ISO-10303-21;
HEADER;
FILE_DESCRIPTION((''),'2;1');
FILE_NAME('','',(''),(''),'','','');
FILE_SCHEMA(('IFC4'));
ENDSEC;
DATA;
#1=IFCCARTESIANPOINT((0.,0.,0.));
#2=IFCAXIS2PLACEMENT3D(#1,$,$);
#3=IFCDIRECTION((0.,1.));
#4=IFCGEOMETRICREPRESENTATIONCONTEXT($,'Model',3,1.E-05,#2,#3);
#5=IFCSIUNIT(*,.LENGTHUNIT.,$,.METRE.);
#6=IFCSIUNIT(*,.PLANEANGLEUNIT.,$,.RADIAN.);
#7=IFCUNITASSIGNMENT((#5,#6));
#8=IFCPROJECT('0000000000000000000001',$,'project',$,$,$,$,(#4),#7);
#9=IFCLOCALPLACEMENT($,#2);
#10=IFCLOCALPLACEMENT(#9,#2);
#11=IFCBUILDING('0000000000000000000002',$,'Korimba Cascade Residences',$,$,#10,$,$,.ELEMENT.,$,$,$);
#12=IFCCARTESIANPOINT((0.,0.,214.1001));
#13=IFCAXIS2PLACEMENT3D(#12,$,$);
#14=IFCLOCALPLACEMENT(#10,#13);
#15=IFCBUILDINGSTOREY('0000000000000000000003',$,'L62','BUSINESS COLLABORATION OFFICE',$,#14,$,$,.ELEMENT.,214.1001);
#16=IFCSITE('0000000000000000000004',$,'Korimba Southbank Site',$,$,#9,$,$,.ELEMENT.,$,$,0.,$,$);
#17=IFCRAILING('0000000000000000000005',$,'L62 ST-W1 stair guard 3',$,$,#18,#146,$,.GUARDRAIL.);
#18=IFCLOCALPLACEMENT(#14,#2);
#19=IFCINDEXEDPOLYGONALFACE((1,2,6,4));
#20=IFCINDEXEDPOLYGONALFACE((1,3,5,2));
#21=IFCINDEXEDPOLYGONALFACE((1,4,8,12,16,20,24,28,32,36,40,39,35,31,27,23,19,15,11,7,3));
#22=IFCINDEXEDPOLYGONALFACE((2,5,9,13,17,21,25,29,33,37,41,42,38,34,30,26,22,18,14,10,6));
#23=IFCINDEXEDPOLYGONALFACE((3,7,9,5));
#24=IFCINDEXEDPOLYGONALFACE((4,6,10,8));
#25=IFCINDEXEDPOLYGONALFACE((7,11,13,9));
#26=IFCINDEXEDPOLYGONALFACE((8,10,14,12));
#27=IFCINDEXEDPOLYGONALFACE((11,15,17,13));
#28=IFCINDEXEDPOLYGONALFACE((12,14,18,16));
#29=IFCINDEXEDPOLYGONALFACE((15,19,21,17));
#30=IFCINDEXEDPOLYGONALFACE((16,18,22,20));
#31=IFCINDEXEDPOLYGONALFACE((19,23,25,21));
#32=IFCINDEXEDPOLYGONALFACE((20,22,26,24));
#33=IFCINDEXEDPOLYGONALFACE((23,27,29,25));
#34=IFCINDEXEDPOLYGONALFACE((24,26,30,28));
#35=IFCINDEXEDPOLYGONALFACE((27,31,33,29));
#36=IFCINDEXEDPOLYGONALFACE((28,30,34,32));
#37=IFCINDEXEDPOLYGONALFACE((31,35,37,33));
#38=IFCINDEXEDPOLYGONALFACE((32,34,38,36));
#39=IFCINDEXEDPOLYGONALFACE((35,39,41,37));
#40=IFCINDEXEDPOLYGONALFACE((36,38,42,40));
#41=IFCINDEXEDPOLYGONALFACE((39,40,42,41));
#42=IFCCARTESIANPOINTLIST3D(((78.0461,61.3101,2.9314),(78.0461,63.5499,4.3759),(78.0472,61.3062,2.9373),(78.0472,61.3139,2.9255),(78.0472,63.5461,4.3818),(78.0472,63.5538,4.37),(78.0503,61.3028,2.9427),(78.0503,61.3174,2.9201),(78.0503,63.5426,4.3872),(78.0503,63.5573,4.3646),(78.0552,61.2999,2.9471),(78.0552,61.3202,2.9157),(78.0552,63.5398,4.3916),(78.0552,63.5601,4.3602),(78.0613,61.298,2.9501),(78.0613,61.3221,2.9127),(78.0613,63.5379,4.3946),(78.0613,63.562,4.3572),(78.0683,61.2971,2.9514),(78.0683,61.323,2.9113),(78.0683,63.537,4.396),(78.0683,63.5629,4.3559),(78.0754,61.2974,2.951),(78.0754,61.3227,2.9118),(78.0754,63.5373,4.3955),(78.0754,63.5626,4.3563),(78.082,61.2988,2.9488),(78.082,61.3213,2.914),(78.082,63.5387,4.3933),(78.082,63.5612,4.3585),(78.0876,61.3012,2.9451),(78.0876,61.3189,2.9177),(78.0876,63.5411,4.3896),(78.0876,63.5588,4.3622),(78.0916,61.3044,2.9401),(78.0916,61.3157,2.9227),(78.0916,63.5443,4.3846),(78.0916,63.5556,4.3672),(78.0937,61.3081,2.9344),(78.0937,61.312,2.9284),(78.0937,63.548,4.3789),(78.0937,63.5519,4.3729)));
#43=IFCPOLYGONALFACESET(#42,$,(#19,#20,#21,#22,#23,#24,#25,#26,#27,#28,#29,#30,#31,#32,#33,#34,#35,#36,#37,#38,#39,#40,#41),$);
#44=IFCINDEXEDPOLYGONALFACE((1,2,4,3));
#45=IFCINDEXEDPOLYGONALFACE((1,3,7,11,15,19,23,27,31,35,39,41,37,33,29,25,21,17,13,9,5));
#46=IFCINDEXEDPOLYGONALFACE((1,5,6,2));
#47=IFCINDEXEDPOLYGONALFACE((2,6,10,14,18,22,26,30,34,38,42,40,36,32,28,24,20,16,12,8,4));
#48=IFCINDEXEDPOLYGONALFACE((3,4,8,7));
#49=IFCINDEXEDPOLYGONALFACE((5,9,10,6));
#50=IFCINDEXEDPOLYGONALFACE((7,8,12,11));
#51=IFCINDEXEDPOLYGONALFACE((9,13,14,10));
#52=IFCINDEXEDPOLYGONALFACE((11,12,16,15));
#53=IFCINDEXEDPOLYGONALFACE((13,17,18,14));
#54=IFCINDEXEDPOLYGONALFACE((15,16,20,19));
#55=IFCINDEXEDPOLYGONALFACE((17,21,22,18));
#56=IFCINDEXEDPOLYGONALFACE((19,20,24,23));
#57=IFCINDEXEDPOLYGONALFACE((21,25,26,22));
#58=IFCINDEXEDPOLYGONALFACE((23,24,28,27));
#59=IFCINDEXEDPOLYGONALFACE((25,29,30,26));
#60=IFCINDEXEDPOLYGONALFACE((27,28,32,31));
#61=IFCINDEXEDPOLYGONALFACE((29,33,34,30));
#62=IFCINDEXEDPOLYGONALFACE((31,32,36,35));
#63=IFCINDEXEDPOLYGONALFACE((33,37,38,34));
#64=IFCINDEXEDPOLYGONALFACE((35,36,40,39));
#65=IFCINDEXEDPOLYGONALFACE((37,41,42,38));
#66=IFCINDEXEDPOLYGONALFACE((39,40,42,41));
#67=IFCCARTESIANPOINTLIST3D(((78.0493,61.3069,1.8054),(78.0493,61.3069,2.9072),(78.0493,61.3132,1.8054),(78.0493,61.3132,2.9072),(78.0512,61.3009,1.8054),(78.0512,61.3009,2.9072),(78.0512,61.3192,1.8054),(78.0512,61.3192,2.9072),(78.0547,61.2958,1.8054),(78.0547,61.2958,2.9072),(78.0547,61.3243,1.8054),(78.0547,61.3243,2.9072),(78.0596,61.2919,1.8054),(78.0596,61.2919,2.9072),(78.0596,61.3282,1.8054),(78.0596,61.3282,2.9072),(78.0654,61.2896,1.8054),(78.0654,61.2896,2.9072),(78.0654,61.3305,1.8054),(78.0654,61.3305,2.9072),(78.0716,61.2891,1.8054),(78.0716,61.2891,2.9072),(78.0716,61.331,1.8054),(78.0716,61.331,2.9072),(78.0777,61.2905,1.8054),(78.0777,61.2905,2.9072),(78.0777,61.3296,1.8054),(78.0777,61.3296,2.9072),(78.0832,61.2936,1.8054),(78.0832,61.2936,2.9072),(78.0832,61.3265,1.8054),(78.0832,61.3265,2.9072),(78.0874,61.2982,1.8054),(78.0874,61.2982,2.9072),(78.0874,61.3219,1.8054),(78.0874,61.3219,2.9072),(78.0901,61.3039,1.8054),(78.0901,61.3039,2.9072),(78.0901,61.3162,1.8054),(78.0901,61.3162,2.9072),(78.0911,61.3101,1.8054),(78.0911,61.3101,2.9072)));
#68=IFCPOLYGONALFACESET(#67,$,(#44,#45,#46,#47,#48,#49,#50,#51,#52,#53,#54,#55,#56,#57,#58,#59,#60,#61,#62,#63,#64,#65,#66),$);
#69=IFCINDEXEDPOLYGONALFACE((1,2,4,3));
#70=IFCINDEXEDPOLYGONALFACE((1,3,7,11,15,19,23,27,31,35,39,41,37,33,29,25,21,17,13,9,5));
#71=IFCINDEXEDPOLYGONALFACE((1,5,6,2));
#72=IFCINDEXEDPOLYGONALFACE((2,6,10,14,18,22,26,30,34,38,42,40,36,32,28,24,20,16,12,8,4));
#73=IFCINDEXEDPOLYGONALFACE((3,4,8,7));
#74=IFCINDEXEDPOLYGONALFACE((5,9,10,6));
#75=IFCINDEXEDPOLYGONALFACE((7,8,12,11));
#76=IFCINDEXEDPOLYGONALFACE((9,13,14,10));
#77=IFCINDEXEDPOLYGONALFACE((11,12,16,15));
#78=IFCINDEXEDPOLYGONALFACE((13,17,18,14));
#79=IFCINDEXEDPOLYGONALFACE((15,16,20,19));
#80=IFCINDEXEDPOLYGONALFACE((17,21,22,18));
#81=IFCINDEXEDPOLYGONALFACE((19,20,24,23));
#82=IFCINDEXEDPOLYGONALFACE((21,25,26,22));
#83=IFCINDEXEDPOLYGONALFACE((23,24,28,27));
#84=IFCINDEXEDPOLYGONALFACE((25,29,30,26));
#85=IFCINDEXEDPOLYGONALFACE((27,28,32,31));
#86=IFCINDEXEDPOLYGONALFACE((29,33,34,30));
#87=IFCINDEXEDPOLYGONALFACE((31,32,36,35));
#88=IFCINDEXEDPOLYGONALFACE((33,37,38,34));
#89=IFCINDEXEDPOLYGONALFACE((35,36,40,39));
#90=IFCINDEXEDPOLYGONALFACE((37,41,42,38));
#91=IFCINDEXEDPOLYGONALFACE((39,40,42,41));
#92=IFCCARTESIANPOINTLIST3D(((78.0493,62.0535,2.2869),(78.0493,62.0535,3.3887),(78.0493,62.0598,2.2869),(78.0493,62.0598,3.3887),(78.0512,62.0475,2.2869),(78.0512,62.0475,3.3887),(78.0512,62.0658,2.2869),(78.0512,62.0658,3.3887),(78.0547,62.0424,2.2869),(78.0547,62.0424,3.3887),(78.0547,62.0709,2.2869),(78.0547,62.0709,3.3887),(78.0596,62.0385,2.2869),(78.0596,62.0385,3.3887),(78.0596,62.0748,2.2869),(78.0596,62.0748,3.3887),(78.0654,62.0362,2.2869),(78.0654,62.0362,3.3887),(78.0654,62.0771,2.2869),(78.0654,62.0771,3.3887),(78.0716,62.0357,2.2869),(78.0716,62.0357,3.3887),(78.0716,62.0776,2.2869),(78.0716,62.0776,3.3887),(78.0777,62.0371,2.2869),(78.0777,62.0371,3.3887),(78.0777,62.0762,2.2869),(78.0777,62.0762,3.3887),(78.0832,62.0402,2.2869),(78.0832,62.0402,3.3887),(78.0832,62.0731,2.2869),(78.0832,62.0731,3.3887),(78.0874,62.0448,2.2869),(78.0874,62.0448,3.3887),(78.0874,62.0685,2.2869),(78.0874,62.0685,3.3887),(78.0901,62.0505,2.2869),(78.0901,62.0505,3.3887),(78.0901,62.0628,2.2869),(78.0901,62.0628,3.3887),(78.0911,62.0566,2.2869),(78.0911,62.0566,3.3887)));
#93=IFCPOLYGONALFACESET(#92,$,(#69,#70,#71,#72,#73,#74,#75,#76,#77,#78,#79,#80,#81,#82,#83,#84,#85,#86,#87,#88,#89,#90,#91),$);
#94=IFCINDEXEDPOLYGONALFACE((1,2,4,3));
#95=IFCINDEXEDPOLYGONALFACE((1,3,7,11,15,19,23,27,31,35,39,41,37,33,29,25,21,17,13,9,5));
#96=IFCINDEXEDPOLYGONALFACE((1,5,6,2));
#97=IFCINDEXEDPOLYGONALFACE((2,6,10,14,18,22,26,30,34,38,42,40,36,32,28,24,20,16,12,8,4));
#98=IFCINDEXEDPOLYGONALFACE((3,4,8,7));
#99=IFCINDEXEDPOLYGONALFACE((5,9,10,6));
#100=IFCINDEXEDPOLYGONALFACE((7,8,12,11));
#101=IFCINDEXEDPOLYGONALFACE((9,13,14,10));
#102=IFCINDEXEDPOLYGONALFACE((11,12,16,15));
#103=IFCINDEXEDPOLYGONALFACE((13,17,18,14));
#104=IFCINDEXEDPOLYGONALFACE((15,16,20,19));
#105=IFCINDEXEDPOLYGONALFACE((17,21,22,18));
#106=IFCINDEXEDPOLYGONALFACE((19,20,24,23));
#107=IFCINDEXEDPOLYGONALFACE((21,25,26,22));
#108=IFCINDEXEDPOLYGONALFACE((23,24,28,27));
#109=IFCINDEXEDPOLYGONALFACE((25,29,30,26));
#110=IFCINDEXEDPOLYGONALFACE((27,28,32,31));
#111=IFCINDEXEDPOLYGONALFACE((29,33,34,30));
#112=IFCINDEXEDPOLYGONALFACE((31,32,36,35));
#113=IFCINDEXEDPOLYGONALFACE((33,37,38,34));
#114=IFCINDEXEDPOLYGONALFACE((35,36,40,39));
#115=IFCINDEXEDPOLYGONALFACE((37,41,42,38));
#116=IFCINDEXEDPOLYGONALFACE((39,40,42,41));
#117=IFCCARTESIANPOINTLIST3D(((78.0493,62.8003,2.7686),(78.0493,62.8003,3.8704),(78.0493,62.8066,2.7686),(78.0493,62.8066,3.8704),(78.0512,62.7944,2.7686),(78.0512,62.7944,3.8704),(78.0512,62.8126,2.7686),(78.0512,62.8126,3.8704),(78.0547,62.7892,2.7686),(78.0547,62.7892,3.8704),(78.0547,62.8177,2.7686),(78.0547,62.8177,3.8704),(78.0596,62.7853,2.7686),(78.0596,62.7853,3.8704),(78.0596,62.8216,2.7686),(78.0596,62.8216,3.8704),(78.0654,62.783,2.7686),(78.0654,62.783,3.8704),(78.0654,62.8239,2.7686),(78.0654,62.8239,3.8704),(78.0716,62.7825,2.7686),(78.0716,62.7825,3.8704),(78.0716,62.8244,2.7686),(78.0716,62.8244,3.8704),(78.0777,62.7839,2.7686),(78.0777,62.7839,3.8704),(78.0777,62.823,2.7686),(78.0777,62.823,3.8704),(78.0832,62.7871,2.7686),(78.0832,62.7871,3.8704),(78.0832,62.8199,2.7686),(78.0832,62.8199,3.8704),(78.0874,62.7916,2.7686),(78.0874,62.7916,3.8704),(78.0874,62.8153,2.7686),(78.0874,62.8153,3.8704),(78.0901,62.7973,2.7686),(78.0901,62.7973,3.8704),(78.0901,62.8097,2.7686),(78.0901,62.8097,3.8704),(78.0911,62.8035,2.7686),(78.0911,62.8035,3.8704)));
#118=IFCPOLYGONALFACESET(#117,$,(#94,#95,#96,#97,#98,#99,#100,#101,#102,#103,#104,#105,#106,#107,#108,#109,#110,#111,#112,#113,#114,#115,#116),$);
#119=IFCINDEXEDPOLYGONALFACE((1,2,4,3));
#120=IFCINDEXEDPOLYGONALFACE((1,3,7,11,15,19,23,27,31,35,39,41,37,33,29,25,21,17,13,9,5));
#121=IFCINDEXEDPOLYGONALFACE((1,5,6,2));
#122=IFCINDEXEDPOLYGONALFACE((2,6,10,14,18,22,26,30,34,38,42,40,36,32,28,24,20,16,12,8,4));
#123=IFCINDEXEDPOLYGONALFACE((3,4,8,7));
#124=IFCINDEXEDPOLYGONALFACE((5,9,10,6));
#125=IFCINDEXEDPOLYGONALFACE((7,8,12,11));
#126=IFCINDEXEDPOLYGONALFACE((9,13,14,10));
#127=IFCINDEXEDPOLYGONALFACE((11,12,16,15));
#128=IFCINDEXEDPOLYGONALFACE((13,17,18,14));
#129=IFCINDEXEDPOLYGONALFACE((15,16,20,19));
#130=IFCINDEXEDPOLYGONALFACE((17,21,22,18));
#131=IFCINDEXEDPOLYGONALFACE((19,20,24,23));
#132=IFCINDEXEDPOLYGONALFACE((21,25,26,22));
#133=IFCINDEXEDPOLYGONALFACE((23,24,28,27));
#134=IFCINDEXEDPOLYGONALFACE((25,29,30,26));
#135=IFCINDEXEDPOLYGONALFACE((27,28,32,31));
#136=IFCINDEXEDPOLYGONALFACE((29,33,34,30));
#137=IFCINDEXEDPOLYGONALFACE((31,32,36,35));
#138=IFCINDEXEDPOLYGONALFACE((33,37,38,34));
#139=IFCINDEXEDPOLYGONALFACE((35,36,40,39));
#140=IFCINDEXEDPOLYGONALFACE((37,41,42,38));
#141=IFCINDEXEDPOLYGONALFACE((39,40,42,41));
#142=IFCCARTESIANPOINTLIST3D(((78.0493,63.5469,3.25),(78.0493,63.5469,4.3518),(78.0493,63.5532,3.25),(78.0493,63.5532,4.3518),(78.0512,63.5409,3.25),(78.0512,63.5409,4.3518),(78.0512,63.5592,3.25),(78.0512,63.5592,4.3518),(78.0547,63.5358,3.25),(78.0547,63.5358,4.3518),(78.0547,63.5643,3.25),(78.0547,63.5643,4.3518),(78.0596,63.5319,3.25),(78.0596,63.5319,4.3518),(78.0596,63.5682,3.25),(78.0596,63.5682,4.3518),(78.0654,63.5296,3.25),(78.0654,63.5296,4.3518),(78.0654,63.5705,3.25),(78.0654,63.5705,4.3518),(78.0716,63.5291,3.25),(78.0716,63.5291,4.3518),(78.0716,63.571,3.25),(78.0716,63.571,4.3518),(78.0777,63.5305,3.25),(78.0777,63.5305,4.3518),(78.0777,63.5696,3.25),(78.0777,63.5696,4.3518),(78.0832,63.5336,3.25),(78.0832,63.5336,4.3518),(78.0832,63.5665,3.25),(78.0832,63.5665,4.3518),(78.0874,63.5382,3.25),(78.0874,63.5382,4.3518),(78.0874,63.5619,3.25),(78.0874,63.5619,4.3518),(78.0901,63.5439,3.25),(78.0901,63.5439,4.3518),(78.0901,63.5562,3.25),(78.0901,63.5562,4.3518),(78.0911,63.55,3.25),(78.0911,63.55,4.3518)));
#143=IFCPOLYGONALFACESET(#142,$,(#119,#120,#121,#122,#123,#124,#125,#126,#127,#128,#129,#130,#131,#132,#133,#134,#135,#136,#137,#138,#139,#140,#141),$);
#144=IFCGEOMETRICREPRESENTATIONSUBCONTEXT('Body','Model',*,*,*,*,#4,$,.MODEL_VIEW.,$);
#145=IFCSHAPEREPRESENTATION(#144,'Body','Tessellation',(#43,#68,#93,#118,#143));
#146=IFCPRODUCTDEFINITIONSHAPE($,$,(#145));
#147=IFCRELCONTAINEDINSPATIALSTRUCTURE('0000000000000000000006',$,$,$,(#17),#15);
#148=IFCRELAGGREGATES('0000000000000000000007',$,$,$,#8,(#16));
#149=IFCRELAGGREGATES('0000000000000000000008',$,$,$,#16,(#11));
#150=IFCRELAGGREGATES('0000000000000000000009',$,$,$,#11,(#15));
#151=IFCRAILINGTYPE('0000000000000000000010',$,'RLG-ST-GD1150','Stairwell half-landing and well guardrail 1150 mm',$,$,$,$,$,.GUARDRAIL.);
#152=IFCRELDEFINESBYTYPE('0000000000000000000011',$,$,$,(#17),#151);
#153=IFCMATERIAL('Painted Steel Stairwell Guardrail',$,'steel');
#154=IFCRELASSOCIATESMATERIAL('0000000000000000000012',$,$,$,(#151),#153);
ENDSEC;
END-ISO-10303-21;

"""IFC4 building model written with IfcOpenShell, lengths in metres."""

from ifc_helpers import new_model, si_unit, direction, frame, origin, origin_2d, place, context, subcontext, project, spatial, circle, extrude, material, type_object, element, save


model = new_model("IFC4")

# Units and contexts
model_context = context("Model", 3, precision=1e-05, world=origin(), true_north=direction((0.0, 1.0)))
body_context = subcontext(model_context, "Body", "Model", "MODEL_VIEW")
ifc_project = project(units=[si_unit("LENGTHUNIT", "METRE"), si_unit("PLANEANGLEUNIT", "RADIAN")], contexts=[model_context])

# Site, building, storey
site_placement = place(None, origin())
site = spatial("IfcSite", under=ifc_project, at=site_placement, Name="Korimba Southbank Site", CompositionType="ELEMENT", RefElevation=0.0)
building_placement = place(site_placement, origin())
building = spatial("IfcBuilding", under=site, at=building_placement, Name="Korimba Cascade Residences", CompositionType="ELEMENT")
storey_placement = place(building_placement, frame((0.0, 0.0, 214.1001)))
storey = spatial("IfcBuildingStorey", under=building, at=storey_placement, Name="L62", Description="BUSINESS COLLABORATION OFFICE", CompositionType="ELEMENT", Elevation=214.1001)

# Railing
ifc_material_1 = material(Name="Painted Steel Stairwell Guardrail", Category="steel")
railing_type_1 = type_object("IfcRailingType", Name="RLG-ST-GD1150", Description="Stairwell half-landing and well guardrail 1150 mm", PredefinedType="GUARDRAIL", material=ifc_material_1)
railing_1_placement = place(storey_placement, frame((78.0701, 61.3101, 1.8054)))
element("IfcRailing", 1, at=railing_1_placement, inside=storey, type_object=railing_type_1, Name="L62 ST-W1 stair guard 3", PredefinedType="GUARDRAIL", context=body_context, shape_type="SweptSolid", body=[
    extrude(circle(Radius=0.0239, at=origin_2d()), frame((0.0, 0.0, 1.126), z_axis=(0.0, 0.840395, 0.541975), x_axis=(-1.0, 0.0, 0.0)), (0.0, 0.0, 1.0), 2.6653),
    extrude(circle(Radius=0.021, at=origin_2d()), origin(), (0.0, 0.0, 1.0), 1.1018),
    extrude(circle(Radius=0.021, at=origin_2d()), frame((0.0, 0.7466, 0.4814)), (0.0, 0.0, 1.0), 1.1018),
    extrude(circle(Radius=0.021, at=origin_2d()), frame((0.0, 1.4934, 0.9631)), (0.0, 0.0, 1.0), 1.1018),
    extrude(circle(Radius=0.021, at=origin_2d()), frame((0.0, 2.24, 1.4446)), (0.0, 0.0, 1.0), 1.1018),
])

save(model, "model.ifc")
